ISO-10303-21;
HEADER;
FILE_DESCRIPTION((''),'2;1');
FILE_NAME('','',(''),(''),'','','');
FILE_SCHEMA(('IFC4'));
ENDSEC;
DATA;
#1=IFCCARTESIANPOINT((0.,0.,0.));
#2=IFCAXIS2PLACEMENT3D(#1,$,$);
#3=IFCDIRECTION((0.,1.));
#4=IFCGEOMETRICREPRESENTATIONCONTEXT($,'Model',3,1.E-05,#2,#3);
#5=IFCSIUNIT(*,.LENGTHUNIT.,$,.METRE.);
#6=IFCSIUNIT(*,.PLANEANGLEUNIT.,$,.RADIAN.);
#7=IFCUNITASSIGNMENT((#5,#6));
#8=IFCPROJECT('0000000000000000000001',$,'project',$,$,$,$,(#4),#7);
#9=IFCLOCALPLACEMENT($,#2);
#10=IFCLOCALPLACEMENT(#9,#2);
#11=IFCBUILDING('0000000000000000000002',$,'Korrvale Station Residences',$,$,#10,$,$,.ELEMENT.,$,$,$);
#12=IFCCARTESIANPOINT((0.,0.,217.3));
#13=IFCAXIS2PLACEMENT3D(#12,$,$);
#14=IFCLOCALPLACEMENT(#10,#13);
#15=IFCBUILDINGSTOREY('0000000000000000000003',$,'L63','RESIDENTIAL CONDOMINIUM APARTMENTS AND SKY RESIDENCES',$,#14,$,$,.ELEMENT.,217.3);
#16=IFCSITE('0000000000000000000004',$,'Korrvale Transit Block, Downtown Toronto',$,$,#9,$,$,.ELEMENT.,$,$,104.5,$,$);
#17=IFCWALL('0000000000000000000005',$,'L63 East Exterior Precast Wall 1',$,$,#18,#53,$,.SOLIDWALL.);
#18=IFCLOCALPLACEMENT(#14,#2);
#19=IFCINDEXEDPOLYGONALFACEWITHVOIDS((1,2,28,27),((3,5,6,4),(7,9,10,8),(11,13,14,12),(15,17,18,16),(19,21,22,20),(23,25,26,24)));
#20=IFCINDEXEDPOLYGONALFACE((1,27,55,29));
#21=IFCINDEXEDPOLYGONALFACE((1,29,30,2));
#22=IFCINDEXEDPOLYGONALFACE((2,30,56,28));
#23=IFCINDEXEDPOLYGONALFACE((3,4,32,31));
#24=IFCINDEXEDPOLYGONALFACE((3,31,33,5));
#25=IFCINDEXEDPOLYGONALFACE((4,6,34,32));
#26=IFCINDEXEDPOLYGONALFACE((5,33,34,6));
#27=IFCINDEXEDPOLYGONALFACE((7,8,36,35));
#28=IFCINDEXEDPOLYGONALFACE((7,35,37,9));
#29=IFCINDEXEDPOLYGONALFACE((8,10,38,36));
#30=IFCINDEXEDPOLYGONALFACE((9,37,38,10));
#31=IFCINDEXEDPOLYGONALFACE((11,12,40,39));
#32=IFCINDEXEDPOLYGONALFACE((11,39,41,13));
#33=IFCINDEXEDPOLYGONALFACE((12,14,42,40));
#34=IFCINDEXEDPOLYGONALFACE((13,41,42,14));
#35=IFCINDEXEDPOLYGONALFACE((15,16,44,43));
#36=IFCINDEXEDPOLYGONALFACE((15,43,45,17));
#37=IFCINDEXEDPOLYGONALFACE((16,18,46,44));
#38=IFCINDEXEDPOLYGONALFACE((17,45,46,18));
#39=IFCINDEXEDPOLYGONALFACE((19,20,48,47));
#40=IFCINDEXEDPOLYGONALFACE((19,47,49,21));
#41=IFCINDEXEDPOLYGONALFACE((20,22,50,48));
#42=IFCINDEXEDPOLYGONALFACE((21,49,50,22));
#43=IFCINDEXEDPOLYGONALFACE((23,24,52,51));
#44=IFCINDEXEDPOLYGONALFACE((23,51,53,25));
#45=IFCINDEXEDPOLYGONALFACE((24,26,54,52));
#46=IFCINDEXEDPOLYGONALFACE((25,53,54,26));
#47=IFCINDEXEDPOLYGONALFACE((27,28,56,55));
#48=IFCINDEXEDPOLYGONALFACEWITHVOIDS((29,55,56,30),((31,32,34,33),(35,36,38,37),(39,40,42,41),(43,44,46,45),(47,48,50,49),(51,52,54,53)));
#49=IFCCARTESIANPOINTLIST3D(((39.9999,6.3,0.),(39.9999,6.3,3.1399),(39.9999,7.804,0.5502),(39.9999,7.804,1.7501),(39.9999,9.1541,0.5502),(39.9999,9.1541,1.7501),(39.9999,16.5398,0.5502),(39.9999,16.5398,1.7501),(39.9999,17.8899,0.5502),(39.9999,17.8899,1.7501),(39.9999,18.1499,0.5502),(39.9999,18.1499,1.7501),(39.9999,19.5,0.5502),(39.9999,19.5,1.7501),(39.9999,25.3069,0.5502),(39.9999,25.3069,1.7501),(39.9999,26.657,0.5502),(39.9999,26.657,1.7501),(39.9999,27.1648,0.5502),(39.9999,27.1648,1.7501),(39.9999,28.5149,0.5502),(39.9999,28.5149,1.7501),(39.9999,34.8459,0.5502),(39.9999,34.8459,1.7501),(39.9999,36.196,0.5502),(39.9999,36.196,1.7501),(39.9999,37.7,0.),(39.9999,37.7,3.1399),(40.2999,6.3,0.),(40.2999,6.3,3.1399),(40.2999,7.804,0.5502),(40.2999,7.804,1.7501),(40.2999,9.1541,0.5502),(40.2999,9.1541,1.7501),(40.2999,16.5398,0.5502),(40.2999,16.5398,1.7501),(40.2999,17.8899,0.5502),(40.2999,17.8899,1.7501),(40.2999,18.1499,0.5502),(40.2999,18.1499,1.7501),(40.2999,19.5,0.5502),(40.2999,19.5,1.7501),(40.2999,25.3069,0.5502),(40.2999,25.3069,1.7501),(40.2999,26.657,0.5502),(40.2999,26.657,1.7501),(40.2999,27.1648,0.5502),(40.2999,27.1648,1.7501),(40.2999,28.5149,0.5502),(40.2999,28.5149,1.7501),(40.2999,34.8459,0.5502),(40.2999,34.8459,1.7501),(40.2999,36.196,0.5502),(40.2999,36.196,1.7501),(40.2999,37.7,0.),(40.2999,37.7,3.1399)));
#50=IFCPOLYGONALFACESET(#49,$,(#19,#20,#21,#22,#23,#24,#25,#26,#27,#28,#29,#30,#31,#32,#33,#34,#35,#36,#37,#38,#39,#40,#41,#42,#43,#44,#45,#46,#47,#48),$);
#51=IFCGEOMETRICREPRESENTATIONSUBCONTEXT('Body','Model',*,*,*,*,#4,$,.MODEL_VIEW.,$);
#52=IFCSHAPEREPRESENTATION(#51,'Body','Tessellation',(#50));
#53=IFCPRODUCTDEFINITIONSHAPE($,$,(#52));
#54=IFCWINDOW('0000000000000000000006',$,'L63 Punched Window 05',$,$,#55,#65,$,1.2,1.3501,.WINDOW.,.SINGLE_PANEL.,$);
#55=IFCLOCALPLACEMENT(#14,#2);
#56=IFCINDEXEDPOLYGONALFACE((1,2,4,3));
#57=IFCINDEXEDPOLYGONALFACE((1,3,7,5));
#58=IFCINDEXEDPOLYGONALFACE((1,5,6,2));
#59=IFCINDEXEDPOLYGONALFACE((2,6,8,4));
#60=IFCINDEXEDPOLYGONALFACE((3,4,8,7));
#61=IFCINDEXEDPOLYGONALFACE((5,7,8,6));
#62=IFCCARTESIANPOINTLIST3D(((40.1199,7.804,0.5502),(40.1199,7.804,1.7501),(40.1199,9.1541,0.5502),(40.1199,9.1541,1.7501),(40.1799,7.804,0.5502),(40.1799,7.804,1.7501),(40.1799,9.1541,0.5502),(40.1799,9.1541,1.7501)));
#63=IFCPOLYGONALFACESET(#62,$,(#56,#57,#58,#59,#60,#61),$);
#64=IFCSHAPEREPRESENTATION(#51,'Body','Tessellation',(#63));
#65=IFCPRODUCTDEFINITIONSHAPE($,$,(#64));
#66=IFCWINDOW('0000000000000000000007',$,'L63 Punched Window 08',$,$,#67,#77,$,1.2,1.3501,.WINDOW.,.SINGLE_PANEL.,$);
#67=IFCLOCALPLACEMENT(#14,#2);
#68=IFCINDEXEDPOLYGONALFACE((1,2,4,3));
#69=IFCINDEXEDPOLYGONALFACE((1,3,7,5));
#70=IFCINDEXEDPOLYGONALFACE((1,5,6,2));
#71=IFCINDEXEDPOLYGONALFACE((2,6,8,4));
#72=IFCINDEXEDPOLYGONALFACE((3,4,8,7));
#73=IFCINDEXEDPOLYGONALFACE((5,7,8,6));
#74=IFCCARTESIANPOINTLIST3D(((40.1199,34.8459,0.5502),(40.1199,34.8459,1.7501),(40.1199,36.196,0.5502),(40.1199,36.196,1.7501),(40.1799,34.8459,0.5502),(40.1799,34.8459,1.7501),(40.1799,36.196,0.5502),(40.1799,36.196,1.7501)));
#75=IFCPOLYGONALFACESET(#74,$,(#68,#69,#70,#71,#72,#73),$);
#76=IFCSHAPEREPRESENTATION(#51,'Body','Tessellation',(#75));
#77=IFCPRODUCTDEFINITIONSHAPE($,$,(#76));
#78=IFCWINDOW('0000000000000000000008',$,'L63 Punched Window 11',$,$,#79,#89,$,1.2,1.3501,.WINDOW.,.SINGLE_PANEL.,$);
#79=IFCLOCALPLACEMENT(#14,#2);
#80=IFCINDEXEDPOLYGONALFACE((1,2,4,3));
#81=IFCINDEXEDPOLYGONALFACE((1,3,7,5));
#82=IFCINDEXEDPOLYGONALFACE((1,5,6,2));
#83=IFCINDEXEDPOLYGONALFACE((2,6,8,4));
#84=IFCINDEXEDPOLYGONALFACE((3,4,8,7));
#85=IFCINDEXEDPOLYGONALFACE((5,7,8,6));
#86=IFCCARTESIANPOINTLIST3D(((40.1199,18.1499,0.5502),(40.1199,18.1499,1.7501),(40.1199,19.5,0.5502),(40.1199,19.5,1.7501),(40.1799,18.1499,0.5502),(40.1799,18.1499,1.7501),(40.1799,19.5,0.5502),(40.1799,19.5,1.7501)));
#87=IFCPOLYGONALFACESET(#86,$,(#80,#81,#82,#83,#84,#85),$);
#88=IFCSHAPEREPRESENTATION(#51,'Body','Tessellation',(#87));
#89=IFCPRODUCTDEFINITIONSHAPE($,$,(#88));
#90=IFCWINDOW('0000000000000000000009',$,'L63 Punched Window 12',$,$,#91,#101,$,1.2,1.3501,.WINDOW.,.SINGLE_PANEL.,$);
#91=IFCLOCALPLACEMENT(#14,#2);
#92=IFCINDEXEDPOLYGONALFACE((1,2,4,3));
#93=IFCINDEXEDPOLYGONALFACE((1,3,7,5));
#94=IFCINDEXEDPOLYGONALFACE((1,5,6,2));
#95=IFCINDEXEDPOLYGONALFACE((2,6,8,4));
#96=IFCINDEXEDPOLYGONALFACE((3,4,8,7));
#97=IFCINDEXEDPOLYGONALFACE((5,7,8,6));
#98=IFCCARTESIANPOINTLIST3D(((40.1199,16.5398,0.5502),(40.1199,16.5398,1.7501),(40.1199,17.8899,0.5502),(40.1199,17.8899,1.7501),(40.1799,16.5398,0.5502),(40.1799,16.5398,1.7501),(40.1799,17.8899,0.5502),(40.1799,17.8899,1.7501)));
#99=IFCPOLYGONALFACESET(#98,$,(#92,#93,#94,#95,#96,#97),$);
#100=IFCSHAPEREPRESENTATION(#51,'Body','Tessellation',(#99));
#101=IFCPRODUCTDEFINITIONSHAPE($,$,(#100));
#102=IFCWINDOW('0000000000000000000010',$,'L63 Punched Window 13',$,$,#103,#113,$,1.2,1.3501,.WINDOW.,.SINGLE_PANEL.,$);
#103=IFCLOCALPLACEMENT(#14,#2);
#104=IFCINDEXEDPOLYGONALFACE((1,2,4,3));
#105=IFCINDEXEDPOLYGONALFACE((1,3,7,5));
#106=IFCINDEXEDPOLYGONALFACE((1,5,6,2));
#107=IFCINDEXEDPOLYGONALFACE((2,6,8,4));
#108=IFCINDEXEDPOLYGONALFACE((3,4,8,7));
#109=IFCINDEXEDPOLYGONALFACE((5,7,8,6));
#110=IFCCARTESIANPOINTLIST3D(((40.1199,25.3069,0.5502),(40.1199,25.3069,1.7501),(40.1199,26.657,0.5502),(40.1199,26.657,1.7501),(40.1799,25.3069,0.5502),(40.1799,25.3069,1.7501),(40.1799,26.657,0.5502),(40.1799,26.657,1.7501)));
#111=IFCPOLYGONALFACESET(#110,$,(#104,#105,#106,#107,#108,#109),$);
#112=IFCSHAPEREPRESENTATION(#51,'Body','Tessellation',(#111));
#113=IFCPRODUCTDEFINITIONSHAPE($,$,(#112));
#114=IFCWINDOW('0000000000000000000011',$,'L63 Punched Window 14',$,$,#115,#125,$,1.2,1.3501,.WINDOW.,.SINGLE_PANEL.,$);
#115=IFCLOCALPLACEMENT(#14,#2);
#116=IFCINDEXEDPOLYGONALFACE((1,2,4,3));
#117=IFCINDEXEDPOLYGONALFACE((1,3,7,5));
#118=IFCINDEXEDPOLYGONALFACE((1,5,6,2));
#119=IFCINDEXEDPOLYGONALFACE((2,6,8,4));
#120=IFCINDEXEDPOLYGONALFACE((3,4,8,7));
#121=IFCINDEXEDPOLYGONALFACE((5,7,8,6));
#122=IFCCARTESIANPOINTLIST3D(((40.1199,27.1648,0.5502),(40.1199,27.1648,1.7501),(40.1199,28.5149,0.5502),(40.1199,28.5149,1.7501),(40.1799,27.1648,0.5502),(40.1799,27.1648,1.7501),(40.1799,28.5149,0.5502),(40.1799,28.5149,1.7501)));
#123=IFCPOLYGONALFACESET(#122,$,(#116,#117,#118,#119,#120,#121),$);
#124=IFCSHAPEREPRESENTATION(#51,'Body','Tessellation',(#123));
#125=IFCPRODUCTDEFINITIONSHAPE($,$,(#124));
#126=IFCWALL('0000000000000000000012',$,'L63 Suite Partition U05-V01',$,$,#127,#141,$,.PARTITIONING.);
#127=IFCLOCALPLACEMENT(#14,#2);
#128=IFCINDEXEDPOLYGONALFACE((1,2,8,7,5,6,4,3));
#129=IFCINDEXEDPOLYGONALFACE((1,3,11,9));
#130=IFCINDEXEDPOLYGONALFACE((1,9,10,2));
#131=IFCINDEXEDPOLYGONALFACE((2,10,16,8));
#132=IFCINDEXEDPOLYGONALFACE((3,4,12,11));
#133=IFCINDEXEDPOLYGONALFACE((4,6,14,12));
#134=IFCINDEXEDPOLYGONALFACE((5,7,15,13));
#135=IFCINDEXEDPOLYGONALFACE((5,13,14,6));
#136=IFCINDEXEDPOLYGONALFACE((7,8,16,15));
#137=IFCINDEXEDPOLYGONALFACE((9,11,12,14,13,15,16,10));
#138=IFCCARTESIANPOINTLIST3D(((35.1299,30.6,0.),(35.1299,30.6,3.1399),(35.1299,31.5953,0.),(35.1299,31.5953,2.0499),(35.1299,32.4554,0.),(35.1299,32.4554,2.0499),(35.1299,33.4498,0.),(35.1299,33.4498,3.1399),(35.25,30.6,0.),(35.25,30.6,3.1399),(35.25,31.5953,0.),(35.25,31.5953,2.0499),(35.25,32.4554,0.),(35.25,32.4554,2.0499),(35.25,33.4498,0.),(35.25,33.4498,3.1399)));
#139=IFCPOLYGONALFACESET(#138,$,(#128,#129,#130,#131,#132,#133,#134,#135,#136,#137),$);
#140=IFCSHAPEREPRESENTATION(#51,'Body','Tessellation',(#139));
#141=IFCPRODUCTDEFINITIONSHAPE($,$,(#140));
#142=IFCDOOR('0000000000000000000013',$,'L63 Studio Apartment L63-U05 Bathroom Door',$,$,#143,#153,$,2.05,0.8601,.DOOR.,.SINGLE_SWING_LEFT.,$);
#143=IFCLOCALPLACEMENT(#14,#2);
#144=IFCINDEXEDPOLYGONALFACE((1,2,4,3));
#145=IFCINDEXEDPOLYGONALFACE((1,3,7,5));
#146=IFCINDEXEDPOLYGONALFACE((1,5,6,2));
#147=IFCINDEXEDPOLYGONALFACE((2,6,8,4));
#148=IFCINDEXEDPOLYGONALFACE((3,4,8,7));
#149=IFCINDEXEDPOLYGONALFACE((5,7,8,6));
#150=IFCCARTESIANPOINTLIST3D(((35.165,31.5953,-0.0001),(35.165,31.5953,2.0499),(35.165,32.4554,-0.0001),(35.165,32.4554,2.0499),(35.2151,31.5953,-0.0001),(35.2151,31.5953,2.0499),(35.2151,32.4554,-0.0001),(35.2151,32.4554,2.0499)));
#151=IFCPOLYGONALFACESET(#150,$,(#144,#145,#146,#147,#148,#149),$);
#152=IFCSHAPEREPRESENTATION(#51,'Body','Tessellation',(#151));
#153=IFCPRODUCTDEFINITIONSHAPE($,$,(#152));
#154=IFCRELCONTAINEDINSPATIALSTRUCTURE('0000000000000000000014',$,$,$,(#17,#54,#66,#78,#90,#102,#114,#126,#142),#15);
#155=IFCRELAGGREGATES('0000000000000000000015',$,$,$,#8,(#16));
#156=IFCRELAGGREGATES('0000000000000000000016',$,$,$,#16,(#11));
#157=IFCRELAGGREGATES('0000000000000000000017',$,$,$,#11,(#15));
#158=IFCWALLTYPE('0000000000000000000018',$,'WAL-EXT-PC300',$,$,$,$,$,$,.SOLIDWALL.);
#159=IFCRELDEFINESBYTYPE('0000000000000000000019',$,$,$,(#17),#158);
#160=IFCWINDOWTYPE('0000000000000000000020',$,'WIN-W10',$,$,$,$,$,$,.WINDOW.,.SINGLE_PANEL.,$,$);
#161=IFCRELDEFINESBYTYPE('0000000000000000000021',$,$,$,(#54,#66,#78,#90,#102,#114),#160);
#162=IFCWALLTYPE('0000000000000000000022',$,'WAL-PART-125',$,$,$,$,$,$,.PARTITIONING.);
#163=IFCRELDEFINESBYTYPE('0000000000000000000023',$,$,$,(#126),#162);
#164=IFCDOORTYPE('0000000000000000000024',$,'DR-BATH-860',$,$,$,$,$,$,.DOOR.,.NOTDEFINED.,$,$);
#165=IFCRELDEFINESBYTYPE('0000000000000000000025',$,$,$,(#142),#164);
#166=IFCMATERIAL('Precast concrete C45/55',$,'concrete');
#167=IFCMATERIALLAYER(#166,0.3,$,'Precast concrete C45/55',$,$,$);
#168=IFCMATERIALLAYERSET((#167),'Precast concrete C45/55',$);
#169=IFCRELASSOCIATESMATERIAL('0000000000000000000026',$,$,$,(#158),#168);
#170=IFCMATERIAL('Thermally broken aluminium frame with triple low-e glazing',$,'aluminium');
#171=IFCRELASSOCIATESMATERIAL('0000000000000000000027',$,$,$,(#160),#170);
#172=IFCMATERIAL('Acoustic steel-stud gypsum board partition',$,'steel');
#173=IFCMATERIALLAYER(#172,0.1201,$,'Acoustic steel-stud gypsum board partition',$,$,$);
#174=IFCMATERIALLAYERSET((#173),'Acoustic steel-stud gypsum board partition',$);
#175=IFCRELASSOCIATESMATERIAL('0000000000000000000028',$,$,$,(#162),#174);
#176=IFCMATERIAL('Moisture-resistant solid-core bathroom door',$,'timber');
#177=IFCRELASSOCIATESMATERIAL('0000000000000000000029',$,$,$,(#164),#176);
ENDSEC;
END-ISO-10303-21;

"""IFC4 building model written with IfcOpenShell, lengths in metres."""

from ifc_helpers import new_model, si_unit, direction, frame, frame_2d, origin, place, context, subcontext, project, spatial, rectangle, extrude, material, layer, layer_set, type_object, element, fill, save


model = new_model("IFC4")

# Units and contexts
model_context = context("Model", 3, precision=1e-05, world=origin(), true_north=direction((0.0, 1.0)))
body_context = subcontext(model_context, "Body", "Model", "MODEL_VIEW")
ifc_project = project(units=[si_unit("LENGTHUNIT", "METRE"), si_unit("PLANEANGLEUNIT", "RADIAN")], contexts=[model_context])

# Site, building, storey
site_placement = place(None, origin())
site = spatial("IfcSite", under=ifc_project, at=site_placement, Name="Korrvale Transit Block, Downtown Toronto", CompositionType="ELEMENT", RefElevation=104.5)
building_placement = place(site_placement, origin())
building = spatial("IfcBuilding", under=site, at=building_placement, Name="Korrvale Station Residences", CompositionType="ELEMENT")
storey_placement = place(building_placement, frame((0.0, 0.0, 217.3)))
storey = spatial("IfcBuildingStorey", under=building, at=storey_placement, Name="L63", Description="RESIDENTIAL CONDOMINIUM APARTMENTS AND SKY RESIDENCES", CompositionType="ELEMENT", Elevation=217.3)

# Shared definitions
ifc_material_1 = material(Name="Precast concrete C45/55", Category="concrete")
ifc_layer_1 = layer(ifc_material_1, 0.3, Name="Precast concrete C45/55")
ifc_layer_set_1 = layer_set([ifc_layer_1], Name="Precast concrete C45/55")
wall_type_1 = type_object("IfcWallType", Name="WAL-EXT-PC300", PredefinedType="SOLIDWALL", material=ifc_layer_set_1)

# Wall, openings, windows
wall_1_placement = place(storey_placement, frame((40.1499, 37.7, 0.0), z_axis=(0.0, 0.0, 1.0), x_axis=(0.0, -1.0, 0.0)))
wall_1 = element("IfcWall", 1, at=wall_1_placement, inside=storey, type_object=wall_type_1, Name="L63 East Exterior Precast Wall 1", PredefinedType="SOLIDWALL", context=body_context, shape_type="SweptSolid", body=[
    extrude(rectangle(XDim=31.3999, YDim=0.3, at=frame_2d((15.7, 0.0))), origin(), (0.0, 0.0, 1.0), 3.1399),
])
opening_1_placement = place(wall_1_placement, frame((28.5459, 0.0, 0.55)))
opening_1 = element("IfcOpeningElement", 2, at=opening_1_placement, cuts=wall_1, PredefinedType="OPENING", context=body_context, shape_type="SweptSolid", body=[
    extrude(rectangle(XDim=1.3501, YDim=1.2, at=frame_2d((0.675, 0.6001))), frame((0.0, 0.1602, 0.0), z_axis=(0.0, -1.0, 0.0), x_axis=(1.0, 0.0, 0.0)), (0.0, 0.0, 1.0), 0.3201),
])
opening_2_placement = place(wall_1_placement, frame((1.5039, 0.0, 0.55)))
opening_2 = element("IfcOpeningElement", 3, at=opening_2_placement, cuts=wall_1, PredefinedType="OPENING", context=body_context, shape_type="SweptSolid", body=[
    extrude(rectangle(XDim=1.3501, YDim=1.2, at=frame_2d((0.675, 0.6001))), frame((0.0, 0.1602, 0.0), z_axis=(0.0, -1.0, 0.0), x_axis=(1.0, 0.0, 0.0)), (0.0, 0.0, 1.0), 0.3201),
])
opening_3_placement = place(wall_1_placement, frame((18.2, 0.0, 0.55)))
opening_3 = element("IfcOpeningElement", 4, at=opening_3_placement, cuts=wall_1, PredefinedType="OPENING", context=body_context, shape_type="SweptSolid", body=[
    extrude(rectangle(XDim=1.3501, YDim=1.2, at=frame_2d((0.675, 0.6001))), frame((0.0, 0.1602, 0.0), z_axis=(0.0, -1.0, 0.0), x_axis=(1.0, 0.0, 0.0)), (0.0, 0.0, 1.0), 0.3201),
])
opening_4_placement = place(wall_1_placement, frame((19.8101, 0.0, 0.55)))
opening_4 = element("IfcOpeningElement", 5, at=opening_4_placement, cuts=wall_1, PredefinedType="OPENING", context=body_context, shape_type="SweptSolid", body=[
    extrude(rectangle(XDim=1.3501, YDim=1.2, at=frame_2d((0.675, 0.6001))), frame((0.0, 0.1602, 0.0), z_axis=(0.0, -1.0, 0.0), x_axis=(1.0, 0.0, 0.0)), (0.0, 0.0, 1.0), 0.3201),
])
opening_5_placement = place(wall_1_placement, frame((11.043, 0.0, 0.55)))
opening_5 = element("IfcOpeningElement", 6, at=opening_5_placement, cuts=wall_1, PredefinedType="OPENING", context=body_context, shape_type="SweptSolid", body=[
    extrude(rectangle(XDim=1.3501, YDim=1.2, at=frame_2d((0.675, 0.6001))), frame((0.0, 0.1602, 0.0), z_axis=(0.0, -1.0, 0.0), x_axis=(1.0, 0.0, 0.0)), (0.0, 0.0, 1.0), 0.3201),
])
opening_6_placement = place(wall_1_placement, frame((9.1851, 0.0, 0.55)))
opening_6 = element("IfcOpeningElement", 7, at=opening_6_placement, cuts=wall_1, PredefinedType="OPENING", context=body_context, shape_type="SweptSolid", body=[
    extrude(rectangle(XDim=1.3501, YDim=1.2, at=frame_2d((0.675, 0.6001))), frame((0.0, 0.1602, 0.0), z_axis=(0.0, -1.0, 0.0), x_axis=(1.0, 0.0, 0.0)), (0.0, 0.0, 1.0), 0.3201),
])
ifc_material_2 = material(Name="Thermally broken aluminium frame with triple low-e glazing", Category="aluminium")
window_type = type_object("IfcWindowType", Name="WIN-W10", PartitioningType="SINGLE_PANEL", PredefinedType="WINDOW", material=ifc_material_2)
window_1_placement = place(opening_1_placement, origin())
window_1 = element("IfcWindow", 8, at=window_1_placement, inside=storey, type_object=window_type, Name="L63 Punched Window 05", OverallHeight=1.2, OverallWidth=1.3501, PartitioningType="SINGLE_PANEL", PredefinedType="WINDOW", context=body_context, shape_type="SweptSolid", body=[
    extrude(rectangle(XDim=1.3501, YDim=1.2, at=frame_2d((0.675, 0.6001))), frame((0.0, 0.03, 0.0), z_axis=(0.0, -1.0, 0.0), x_axis=(1.0, 0.0, 0.0)), (0.0, 0.0, 1.0), 0.0601),
])
fill(opening_1, window_1)
window_2_placement = place(opening_2_placement, origin())
window_2 = element("IfcWindow", 9, at=window_2_placement, inside=storey, type_object=window_type, Name="L63 Punched Window 08", OverallHeight=1.2, OverallWidth=1.3501, PartitioningType="SINGLE_PANEL", PredefinedType="WINDOW", context=body_context, shape_type="SweptSolid", body=[
    extrude(rectangle(XDim=1.3501, YDim=1.2, at=frame_2d((0.675, 0.6001))), frame((0.0, 0.03, 0.0), z_axis=(0.0, -1.0, 0.0), x_axis=(1.0, 0.0, 0.0)), (0.0, 0.0, 1.0), 0.0601),
])
fill(opening_2, window_2)
window_3_placement = place(opening_3_placement, origin())
window_3 = element("IfcWindow", 10, at=window_3_placement, inside=storey, type_object=window_type, Name="L63 Punched Window 11", OverallHeight=1.2, OverallWidth=1.3501, PartitioningType="SINGLE_PANEL", PredefinedType="WINDOW", context=body_context, shape_type="SweptSolid", body=[
    extrude(rectangle(XDim=1.3501, YDim=1.2, at=frame_2d((0.675, 0.6001))), frame((0.0, 0.03, 0.0), z_axis=(0.0, -1.0, 0.0), x_axis=(1.0, 0.0, 0.0)), (0.0, 0.0, 1.0), 0.0601),
])
fill(opening_3, window_3)
window_4_placement = place(opening_4_placement, origin())
window_4 = element("IfcWindow", 11, at=window_4_placement, inside=storey, type_object=window_type, Name="L63 Punched Window 12", OverallHeight=1.2, OverallWidth=1.3501, PartitioningType="SINGLE_PANEL", PredefinedType="WINDOW", context=body_context, shape_type="SweptSolid", body=[
    extrude(rectangle(XDim=1.3501, YDim=1.2, at=frame_2d((0.675, 0.6001))), frame((0.0, 0.03, 0.0), z_axis=(0.0, -1.0, 0.0), x_axis=(1.0, 0.0, 0.0)), (0.0, 0.0, 1.0), 0.0601),
])
fill(opening_4, window_4)
window_5_placement = place(opening_5_placement, origin())
window_5 = element("IfcWindow", 12, at=window_5_placement, inside=storey, type_object=window_type, Name="L63 Punched Window 13", OverallHeight=1.2, OverallWidth=1.3501, PartitioningType="SINGLE_PANEL", PredefinedType="WINDOW", context=body_context, shape_type="SweptSolid", body=[
    extrude(rectangle(XDim=1.3501, YDim=1.2, at=frame_2d((0.675, 0.6001))), frame((0.0, 0.03, 0.0), z_axis=(0.0, -1.0, 0.0), x_axis=(1.0, 0.0, 0.0)), (0.0, 0.0, 1.0), 0.0601),
])
fill(opening_5, window_5)
window_6_placement = place(opening_6_placement, origin())
window_6 = element("IfcWindow", 13, at=window_6_placement, inside=storey, type_object=window_type, Name="L63 Punched Window 14", OverallHeight=1.2, OverallWidth=1.3501, PartitioningType="SINGLE_PANEL", PredefinedType="WINDOW", context=body_context, shape_type="SweptSolid", body=[
    extrude(rectangle(XDim=1.3501, YDim=1.2, at=frame_2d((0.675, 0.6001))), frame((0.0, 0.03, 0.0), z_axis=(0.0, -1.0, 0.0), x_axis=(1.0, 0.0, 0.0)), (0.0, 0.0, 1.0), 0.0601),
])
fill(opening_6, window_6)

# Wall, opening, door
ifc_material_3 = material(Name="Acoustic steel-stud gypsum board partition", Category="steel")
ifc_layer_2 = layer(ifc_material_3, 0.1201, Name="Acoustic steel-stud gypsum board partition")
ifc_layer_set_2 = layer_set([ifc_layer_2], Name="Acoustic steel-stud gypsum board partition")
wall_type_2 = type_object("IfcWallType", Name="WAL-PART-125", PredefinedType="PARTITIONING", material=ifc_layer_set_2)
wall_2_placement = place(storey_placement, frame((35.1899, 30.6001, 0.0), z_axis=(0.0, 0.0, 1.0), x_axis=(0.0, 1.0, 0.0)))
wall_2 = element("IfcWall", 14, at=wall_2_placement, inside=storey, type_object=wall_type_2, Name="L63 Suite Partition U05-V01", PredefinedType="PARTITIONING", context=body_context, shape_type="SweptSolid", body=[
    extrude(rectangle(XDim=2.8499, YDim=0.1201, at=frame_2d((1.4248, 0.0))), origin(), (0.0, 0.0, 1.0), 3.1399),
])
opening_7_placement = place(wall_2_placement, frame((0.9951, 0.0, 0.0)))
opening_7 = element("IfcOpeningElement", 15, at=opening_7_placement, cuts=wall_2, PredefinedType="OPENING", context=body_context, shape_type="SweptSolid", body=[
    extrude(rectangle(XDim=0.8601, YDim=2.05, at=frame_2d((0.4302, 1.0249))), frame((0.0, 0.0701, 0.0), z_axis=(0.0, -1.0, 0.0), x_axis=(1.0, 0.0, 0.0)), (0.0, 0.0, 1.0), 0.1401),
])
ifc_material_4 = material(Name="Moisture-resistant solid-core bathroom door", Category="timber")
door_type_1 = type_object("IfcDoorType", Name="DR-BATH-860", OperationType="NOTDEFINED", PredefinedType="DOOR", material=ifc_material_4)
door_1_placement = place(opening_7_placement, origin())
door_1 = element("IfcDoor", 16, at=door_1_placement, inside=storey, type_object=door_type_1, Name="L63 Studio Apartment L63-U05 Bathroom Door", OperationType="SINGLE_SWING_LEFT", OverallHeight=2.05, OverallWidth=0.8601, PredefinedType="DOOR", context=body_context, shape_type="SweptSolid", body=[
    extrude(rectangle(XDim=0.8601, YDim=2.05, at=frame_2d((0.4302, 1.0249))), frame((0.0, 0.0249, 0.0), z_axis=(0.0, -1.0, 0.0), x_axis=(1.0, 0.0, 0.0)), (0.0, 0.0, 1.0), 0.05),
])
fill(opening_7, door_1)

save(model, "model.ifc")
